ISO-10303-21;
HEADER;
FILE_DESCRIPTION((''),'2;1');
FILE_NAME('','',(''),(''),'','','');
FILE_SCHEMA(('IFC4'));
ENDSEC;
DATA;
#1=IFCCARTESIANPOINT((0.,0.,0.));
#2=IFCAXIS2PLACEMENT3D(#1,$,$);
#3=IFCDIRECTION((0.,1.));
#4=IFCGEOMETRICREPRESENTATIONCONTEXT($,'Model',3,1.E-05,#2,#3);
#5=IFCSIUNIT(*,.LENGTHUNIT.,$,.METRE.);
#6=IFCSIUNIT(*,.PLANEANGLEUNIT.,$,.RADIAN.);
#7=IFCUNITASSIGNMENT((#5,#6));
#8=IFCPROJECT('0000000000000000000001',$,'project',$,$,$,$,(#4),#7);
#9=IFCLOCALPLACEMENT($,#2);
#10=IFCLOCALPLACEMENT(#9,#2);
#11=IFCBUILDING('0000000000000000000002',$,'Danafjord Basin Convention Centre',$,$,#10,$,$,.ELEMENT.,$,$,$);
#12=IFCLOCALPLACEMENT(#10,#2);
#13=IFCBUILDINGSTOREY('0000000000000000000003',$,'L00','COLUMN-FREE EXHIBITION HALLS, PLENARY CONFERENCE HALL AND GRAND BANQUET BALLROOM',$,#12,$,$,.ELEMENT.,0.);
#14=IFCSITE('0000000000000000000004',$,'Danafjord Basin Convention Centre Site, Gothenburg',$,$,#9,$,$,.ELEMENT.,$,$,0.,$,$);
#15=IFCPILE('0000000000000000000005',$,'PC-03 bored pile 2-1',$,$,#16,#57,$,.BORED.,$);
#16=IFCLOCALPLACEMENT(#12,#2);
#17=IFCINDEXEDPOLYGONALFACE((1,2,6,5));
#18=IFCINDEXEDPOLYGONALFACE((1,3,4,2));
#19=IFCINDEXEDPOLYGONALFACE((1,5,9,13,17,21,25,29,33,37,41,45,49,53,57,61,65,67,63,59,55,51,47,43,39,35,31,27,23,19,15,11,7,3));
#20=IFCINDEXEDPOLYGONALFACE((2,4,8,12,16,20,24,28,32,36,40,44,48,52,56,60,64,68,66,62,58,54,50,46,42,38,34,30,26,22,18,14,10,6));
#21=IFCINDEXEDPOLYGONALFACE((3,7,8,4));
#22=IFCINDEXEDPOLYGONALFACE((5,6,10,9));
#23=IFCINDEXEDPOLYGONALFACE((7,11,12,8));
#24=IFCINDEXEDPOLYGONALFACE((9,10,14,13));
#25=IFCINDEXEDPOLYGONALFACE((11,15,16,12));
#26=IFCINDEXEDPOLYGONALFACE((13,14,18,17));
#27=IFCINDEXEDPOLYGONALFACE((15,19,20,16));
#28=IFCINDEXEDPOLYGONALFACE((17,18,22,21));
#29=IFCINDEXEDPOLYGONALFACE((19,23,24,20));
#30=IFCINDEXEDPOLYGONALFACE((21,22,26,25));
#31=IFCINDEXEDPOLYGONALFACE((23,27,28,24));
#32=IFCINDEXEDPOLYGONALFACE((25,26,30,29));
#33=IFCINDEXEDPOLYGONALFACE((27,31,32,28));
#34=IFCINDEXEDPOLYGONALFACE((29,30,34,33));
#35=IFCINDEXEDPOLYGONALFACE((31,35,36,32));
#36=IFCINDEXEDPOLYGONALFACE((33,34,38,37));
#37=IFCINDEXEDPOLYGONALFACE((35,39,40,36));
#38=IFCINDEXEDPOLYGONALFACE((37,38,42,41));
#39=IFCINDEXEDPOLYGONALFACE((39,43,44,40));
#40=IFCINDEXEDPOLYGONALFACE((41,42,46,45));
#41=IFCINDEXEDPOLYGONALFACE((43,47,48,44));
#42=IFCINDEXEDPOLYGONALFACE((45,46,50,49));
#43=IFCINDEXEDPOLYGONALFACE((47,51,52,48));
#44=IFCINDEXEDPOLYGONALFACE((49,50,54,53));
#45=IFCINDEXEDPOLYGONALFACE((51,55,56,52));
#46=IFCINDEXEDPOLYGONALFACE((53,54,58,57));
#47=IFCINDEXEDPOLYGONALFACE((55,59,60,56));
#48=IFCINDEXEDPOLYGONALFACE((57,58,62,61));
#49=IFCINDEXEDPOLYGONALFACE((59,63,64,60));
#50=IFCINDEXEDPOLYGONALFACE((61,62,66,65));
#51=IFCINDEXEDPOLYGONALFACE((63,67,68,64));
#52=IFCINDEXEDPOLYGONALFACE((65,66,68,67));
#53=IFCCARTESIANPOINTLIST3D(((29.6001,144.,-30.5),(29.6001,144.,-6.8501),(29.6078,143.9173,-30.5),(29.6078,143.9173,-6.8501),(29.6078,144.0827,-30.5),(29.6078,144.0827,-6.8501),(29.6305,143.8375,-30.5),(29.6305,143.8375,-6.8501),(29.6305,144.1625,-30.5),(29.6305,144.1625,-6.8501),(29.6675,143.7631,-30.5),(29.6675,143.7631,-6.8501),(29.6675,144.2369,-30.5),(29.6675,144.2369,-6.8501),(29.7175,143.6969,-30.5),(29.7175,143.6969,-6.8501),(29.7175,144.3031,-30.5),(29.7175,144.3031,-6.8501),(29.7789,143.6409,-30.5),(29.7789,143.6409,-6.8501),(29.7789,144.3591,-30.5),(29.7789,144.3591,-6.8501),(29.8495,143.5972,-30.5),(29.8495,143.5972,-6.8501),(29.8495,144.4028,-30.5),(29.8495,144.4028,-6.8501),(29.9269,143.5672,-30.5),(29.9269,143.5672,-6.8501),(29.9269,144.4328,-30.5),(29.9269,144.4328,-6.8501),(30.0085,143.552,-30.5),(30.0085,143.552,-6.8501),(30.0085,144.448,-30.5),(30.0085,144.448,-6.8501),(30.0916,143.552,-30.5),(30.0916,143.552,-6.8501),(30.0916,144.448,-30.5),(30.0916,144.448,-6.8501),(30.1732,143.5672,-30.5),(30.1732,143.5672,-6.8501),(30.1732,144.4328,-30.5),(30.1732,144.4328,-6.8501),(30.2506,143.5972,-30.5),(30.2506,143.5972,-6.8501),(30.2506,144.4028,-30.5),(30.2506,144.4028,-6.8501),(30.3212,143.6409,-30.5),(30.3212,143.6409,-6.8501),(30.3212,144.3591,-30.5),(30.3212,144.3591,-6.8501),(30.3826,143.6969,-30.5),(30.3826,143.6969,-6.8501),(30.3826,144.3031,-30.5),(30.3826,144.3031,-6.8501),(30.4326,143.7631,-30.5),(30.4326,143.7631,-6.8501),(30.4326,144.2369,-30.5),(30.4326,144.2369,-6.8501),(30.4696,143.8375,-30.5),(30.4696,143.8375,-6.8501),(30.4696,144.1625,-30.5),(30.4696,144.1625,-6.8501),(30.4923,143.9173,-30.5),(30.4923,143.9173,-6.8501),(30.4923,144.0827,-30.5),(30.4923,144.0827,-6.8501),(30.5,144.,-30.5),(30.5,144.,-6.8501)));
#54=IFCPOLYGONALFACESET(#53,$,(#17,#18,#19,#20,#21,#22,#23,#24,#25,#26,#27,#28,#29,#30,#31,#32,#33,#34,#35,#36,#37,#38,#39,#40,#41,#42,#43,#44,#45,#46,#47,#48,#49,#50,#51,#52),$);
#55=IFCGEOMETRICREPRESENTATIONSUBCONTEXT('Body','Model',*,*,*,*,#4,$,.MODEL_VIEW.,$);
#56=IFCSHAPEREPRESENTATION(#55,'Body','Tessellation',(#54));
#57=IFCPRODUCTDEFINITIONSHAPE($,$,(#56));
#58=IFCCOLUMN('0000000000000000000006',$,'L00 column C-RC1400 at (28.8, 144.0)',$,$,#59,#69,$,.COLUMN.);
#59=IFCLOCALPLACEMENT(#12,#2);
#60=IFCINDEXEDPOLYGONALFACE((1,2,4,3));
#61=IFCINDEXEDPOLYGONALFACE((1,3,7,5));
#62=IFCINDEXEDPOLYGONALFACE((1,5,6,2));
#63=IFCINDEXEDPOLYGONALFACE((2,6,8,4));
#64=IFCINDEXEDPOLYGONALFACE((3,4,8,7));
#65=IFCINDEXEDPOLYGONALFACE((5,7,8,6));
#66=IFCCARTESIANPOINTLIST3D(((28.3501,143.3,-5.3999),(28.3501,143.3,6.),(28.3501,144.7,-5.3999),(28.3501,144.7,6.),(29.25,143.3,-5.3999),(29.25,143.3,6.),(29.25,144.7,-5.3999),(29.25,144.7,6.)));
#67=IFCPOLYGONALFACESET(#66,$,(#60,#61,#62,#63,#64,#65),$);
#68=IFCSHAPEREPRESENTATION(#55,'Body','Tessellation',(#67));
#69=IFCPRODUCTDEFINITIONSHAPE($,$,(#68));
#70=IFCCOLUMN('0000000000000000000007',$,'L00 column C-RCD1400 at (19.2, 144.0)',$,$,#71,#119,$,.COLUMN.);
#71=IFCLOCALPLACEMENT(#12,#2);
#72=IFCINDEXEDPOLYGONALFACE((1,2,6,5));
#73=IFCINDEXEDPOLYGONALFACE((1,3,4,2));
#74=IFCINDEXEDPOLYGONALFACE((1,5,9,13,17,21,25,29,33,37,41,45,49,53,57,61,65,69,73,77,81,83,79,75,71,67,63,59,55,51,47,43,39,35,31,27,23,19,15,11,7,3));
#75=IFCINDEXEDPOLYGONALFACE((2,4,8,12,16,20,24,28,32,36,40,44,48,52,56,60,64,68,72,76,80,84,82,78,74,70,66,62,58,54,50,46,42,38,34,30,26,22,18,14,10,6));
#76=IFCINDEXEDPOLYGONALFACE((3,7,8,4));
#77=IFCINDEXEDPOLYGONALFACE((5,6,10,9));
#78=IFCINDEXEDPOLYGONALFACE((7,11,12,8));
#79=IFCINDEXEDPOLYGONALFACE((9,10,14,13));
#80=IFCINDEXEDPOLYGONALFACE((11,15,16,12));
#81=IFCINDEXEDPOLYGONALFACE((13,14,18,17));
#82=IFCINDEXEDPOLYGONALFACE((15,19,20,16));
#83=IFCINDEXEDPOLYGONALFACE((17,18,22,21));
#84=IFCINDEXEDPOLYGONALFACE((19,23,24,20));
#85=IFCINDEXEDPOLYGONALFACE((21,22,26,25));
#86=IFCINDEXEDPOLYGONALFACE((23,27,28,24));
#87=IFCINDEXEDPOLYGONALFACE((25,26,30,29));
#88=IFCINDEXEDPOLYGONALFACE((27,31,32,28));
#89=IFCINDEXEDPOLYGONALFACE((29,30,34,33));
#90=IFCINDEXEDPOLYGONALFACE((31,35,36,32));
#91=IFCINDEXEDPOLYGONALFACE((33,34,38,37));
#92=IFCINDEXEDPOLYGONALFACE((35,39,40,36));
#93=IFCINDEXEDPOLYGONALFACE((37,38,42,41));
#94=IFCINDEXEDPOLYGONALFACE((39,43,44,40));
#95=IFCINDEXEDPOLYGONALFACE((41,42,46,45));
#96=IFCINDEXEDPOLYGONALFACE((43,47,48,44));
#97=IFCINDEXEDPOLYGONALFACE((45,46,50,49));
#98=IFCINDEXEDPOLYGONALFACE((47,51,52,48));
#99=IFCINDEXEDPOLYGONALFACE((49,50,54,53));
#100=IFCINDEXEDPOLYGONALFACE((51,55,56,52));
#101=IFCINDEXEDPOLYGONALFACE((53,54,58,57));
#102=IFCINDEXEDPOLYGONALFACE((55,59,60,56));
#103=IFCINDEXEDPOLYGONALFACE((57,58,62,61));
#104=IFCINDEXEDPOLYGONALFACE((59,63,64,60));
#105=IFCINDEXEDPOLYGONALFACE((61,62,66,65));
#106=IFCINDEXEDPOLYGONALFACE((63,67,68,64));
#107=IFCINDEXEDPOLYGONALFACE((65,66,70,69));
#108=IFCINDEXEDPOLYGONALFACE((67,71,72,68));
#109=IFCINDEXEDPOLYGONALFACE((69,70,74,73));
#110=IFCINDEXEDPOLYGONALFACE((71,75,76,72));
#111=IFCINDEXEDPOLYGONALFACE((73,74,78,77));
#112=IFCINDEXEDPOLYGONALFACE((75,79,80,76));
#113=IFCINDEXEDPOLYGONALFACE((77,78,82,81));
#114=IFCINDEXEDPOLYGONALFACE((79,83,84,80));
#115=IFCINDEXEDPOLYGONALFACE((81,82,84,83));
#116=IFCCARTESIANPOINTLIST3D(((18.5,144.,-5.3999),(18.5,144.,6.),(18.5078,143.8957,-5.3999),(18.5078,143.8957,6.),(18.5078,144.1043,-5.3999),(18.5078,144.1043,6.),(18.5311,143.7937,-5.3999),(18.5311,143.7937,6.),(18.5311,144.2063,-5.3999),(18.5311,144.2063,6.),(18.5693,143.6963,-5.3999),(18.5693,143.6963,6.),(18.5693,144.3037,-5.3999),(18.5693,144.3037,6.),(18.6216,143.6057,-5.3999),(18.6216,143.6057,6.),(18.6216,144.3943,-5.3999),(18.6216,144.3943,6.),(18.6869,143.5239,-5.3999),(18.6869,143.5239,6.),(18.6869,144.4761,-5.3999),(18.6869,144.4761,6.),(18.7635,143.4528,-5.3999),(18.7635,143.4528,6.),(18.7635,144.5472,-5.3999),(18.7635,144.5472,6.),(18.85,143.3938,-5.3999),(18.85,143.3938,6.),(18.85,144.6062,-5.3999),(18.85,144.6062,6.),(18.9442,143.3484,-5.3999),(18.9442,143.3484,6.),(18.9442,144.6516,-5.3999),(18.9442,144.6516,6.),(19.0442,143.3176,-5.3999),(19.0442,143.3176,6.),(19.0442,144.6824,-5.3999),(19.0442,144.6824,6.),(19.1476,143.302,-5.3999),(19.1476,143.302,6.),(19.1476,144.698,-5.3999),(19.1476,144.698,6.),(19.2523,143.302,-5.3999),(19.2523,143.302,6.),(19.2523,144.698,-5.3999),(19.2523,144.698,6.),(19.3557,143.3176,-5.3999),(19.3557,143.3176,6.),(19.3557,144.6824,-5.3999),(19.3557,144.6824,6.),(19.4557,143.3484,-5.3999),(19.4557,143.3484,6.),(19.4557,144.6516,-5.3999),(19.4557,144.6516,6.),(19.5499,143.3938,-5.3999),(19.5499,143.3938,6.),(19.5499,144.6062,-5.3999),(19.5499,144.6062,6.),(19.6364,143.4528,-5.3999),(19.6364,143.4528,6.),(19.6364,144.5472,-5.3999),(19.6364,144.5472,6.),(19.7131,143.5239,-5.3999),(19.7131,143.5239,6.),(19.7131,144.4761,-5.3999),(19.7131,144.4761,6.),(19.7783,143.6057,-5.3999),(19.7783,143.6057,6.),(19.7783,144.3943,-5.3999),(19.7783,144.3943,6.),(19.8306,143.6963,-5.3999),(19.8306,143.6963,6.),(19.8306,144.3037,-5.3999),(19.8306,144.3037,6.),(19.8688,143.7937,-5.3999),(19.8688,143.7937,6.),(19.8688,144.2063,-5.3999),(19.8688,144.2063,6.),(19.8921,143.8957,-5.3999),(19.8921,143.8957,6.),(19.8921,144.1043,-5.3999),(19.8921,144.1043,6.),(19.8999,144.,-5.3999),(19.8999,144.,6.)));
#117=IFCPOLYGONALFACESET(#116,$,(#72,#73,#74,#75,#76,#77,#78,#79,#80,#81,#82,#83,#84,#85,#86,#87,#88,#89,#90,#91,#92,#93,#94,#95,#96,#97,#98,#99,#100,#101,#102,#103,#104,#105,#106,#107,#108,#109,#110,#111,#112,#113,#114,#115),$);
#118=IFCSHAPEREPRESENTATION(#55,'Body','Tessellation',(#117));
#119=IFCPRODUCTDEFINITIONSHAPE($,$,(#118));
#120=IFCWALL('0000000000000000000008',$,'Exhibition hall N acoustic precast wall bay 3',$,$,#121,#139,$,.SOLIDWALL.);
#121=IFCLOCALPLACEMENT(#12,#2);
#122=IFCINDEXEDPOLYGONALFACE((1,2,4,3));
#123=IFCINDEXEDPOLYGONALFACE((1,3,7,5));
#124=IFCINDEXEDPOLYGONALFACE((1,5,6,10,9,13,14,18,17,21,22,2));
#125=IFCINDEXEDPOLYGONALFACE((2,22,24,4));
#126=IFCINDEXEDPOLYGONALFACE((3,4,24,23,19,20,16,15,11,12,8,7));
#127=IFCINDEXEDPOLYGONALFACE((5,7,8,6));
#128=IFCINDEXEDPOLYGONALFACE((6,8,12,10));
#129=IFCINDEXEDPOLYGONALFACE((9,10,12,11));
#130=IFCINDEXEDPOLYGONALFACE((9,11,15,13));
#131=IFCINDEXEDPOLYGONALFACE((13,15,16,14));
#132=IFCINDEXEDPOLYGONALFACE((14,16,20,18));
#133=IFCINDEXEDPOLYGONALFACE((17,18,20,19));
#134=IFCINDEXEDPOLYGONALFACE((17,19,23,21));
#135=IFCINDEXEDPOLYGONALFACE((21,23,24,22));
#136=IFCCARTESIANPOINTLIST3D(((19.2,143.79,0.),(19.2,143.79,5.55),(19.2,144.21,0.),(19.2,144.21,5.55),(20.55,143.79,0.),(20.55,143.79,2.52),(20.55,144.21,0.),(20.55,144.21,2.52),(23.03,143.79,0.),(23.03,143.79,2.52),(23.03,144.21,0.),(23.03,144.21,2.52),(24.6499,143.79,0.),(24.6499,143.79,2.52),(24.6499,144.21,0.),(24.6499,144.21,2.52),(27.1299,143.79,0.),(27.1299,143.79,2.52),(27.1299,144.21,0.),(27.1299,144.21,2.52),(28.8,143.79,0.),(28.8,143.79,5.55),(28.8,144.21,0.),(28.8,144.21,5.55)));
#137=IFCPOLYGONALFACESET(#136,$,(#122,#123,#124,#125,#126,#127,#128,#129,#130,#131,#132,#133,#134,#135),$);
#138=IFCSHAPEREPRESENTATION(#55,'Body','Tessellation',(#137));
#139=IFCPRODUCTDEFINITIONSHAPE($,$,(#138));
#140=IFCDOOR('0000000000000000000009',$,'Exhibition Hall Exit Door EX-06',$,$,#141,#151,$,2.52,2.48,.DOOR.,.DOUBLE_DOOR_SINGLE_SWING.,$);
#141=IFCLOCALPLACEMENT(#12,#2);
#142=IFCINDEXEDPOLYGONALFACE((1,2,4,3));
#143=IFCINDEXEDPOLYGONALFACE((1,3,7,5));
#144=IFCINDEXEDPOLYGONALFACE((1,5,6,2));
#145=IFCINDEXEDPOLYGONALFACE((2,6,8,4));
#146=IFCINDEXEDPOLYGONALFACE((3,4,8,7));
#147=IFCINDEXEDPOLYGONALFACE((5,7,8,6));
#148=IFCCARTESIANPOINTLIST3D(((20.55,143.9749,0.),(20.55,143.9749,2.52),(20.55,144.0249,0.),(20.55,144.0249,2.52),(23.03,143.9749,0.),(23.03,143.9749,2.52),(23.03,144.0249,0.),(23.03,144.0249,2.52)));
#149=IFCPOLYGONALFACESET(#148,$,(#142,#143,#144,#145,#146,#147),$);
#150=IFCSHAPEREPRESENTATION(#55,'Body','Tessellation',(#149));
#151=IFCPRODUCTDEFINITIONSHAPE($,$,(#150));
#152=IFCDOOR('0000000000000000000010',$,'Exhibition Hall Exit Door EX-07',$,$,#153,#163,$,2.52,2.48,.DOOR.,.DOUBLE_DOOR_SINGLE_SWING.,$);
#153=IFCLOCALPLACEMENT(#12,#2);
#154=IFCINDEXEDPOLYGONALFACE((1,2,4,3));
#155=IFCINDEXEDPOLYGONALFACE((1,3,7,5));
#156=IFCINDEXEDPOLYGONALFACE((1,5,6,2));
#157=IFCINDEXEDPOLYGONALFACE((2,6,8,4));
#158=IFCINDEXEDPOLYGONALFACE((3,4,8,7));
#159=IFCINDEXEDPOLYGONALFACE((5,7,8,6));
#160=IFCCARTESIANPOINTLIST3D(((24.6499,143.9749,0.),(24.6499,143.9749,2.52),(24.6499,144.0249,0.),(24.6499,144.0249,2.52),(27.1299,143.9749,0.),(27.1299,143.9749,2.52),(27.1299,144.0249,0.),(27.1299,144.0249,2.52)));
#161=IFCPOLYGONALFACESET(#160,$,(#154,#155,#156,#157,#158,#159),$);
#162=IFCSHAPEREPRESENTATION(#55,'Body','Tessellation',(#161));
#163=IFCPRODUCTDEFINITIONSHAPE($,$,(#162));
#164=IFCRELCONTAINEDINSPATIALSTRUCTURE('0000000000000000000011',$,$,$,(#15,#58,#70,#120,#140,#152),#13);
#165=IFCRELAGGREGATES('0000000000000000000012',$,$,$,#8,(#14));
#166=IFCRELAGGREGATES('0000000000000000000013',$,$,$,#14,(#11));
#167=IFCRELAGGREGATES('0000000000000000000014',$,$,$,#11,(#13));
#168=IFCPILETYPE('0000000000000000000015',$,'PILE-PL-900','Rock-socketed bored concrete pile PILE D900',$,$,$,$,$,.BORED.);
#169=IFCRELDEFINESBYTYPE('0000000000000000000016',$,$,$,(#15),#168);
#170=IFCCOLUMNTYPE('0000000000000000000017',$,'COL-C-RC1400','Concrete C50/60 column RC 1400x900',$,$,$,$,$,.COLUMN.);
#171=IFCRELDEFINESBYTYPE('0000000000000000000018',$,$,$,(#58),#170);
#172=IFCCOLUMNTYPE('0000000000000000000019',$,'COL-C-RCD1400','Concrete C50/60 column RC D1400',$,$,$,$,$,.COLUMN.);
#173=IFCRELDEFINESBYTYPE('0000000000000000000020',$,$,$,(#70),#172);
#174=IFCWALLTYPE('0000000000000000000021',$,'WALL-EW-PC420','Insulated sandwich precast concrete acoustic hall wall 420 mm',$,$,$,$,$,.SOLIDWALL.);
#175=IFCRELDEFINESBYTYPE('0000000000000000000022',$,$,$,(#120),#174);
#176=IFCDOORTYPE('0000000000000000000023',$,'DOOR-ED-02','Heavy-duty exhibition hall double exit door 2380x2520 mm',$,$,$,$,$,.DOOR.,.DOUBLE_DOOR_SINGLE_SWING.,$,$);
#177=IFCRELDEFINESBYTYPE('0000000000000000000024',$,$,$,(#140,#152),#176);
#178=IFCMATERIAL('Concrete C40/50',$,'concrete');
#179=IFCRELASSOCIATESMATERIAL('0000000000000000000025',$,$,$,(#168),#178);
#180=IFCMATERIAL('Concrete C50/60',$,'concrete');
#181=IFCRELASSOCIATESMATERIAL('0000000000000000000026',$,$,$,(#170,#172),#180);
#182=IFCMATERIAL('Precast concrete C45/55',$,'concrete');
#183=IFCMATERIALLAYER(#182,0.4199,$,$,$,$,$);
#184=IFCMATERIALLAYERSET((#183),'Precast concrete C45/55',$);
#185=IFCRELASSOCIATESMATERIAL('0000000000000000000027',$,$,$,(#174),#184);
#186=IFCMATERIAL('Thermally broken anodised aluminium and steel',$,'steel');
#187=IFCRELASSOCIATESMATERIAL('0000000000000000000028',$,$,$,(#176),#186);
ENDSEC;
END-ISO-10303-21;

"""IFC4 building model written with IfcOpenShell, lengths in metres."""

from ifc_helpers import new_model, si_unit, direction, frame, frame_2d, origin, origin_2d, place, context, subcontext, project, spatial, rectangle, circle, extrude, material, layer, layer_set, material_profile, profile_set, type_object, element, fill, save


model = new_model("IFC4")

# Units and contexts
model_context = context("Model", 3, precision=1e-05, world=origin(), true_north=direction((0.0, 1.0)))
body_context = subcontext(model_context, "Body", "Model", "MODEL_VIEW")
ifc_project = project(units=[si_unit("LENGTHUNIT", "METRE"), si_unit("PLANEANGLEUNIT", "RADIAN")], contexts=[model_context])

# Site, building, storey
site_placement = place(None, origin())
site = spatial("IfcSite", under=ifc_project, at=site_placement, Name="Danafjord Basin Convention Centre Site, Gothenburg", CompositionType="ELEMENT", RefElevation=0.0)
building_placement = place(site_placement, origin())
building = spatial("IfcBuilding", under=site, at=building_placement, Name="Danafjord Basin Convention Centre", CompositionType="ELEMENT")
storey_placement = place(building_placement, origin())
storey = spatial("IfcBuildingStorey", under=building, at=storey_placement, Name="L00", Description="COLUMN-FREE EXHIBITION HALLS, PLENARY CONFERENCE HALL AND GRAND BANQUET BALLROOM", CompositionType="ELEMENT", Elevation=0.0)

# Shared definitions
ifc_material_1 = material(Name="Concrete C40/50", Category="concrete")

# Pile
ifc_material_profile_1 = material_profile(ifc_material_1, circle(Radius=0.45, at=origin_2d()), Name="PILE D900")
ifc_profile_set_1 = profile_set([ifc_material_profile_1], Name="Concrete C40/50")
pile_type_1 = type_object("IfcPileType", Name="PILE-PL-900", Description="Rock-socketed bored concrete pile PILE D900", PredefinedType="BORED", material=ifc_profile_set_1)
for number, where, z_axis, x_axis, name in (
    (1, (30.05, 144.0, -6.8501), (0.0, 0.0, -1.0), (1.0, 0.0, 0.0), "PC-03 bored pile 2-1"),
):
    element("IfcPile", number, at=place(storey_placement, frame(where, z_axis=z_axis, x_axis=x_axis)), inside=storey, type_object=pile_type_1, Name=name, PredefinedType="BORED", context=body_context, shape_type="SweptSolid", body=[
        extrude(circle(Radius=0.45, at=origin_2d()), origin(), (0.0, 0.0, 1.0), 23.6499),
    ])

# Columns
ifc_material_2 = material(Name="Concrete C50/60", Category="concrete")
ifc_material_profile_2 = material_profile(ifc_material_2, rectangle(XDim=0.8999, YDim=1.3999, at=origin_2d()), Name="RC 1400x900")
ifc_profile_set_2 = profile_set([ifc_material_profile_2], Name="Concrete C50/60")
column_type_1 = type_object("IfcColumnType", Name="COL-C-RC1400", Description="Concrete C50/60 column RC 1400x900", PredefinedType="COLUMN", material=ifc_profile_set_2)
column_1_placement = place(storey_placement, frame((28.8, 144.0, -5.3999), z_axis=(0.0, 0.0, 1.0), x_axis=(1.0, 0.0, 0.0)))
element("IfcColumn", 2, at=column_1_placement, inside=storey, type_object=column_type_1, Name="L00 column C-RC1400 at (28.8, 144.0)", PredefinedType="COLUMN", context=body_context, shape_type="SweptSolid", body=[
    extrude(rectangle(XDim=0.8999, YDim=1.3999, at=origin_2d()), origin(), (0.0, 0.0, 1.0), 11.3999),
])
ifc_material_profile_3 = material_profile(ifc_material_2, circle(Radius=0.7, at=origin_2d()), Name="RC D1400")
ifc_profile_set_3 = profile_set([ifc_material_profile_3], Name="Concrete C50/60")
column_type_2 = type_object("IfcColumnType", Name="COL-C-RCD1400", Description="Concrete C50/60 column RC D1400", PredefinedType="COLUMN", material=ifc_profile_set_3)
column_2_placement = place(storey_placement, frame((19.2, 144.0, -5.3999), z_axis=(0.0, 0.0, 1.0), x_axis=(1.0, 0.0, 0.0)))
element("IfcColumn", 3, at=column_2_placement, inside=storey, type_object=column_type_2, Name="L00 column C-RCD1400 at (19.2, 144.0)", PredefinedType="COLUMN", context=body_context, shape_type="SweptSolid", body=[
    extrude(circle(Radius=0.7, at=origin_2d()), origin(), (0.0, 0.0, 1.0), 11.3999),
])

# Wall, openings, doors
ifc_material_3 = material(Name="Precast concrete C45/55", Category="concrete")
ifc_layer = layer(ifc_material_3, 0.4199)
ifc_layer_set = layer_set([ifc_layer], Name="Precast concrete C45/55")
wall_type = type_object("IfcWallType", Name="WALL-EW-PC420", Description="Insulated sandwich precast concrete acoustic hall wall 420 mm", PredefinedType="SOLIDWALL", material=ifc_layer_set)
wall_1_placement = place(storey_placement, frame((19.2, 144.0, 0.0), z_axis=(0.0, 0.0, 1.0), x_axis=(1.0, 0.0, 0.0)))
wall_1 = element("IfcWall", 4, at=wall_1_placement, inside=storey, type_object=wall_type, Name="Exhibition hall N acoustic precast wall bay 3", PredefinedType="SOLIDWALL", context=body_context, shape_type="SweptSolid", body=[
    extrude(rectangle(XDim=9.6001, YDim=0.4199, at=frame_2d((4.8, 0.0))), origin(), (0.0, 0.0, 1.0), 5.55),
])
opening_1_placement = place(wall_1_placement, frame((1.3501, 0.0, 0.0)))
opening_1 = element("IfcOpeningElement", 5, at=opening_1_placement, cuts=wall_1, PredefinedType="OPENING", context=body_context, shape_type="SweptSolid", body=[
    extrude(rectangle(XDim=2.48, YDim=2.52, at=frame_2d((1.24, 1.26))), frame((0.0, 0.22, 0.0), z_axis=(0.0, -1.0, 0.0), x_axis=(1.0, 0.0, 0.0)), (0.0, 0.0, 1.0), 0.4399),
])
opening_2_placement = place(wall_1_placement, frame((5.45, 0.0, 0.0)))
opening_2 = element("IfcOpeningElement", 6, at=opening_2_placement, cuts=wall_1, PredefinedType="OPENING", context=body_context, shape_type="SweptSolid", body=[
    extrude(rectangle(XDim=2.48, YDim=2.52, at=frame_2d((1.24, 1.26))), frame((0.0, 0.22, 0.0), z_axis=(0.0, -1.0, 0.0), x_axis=(1.0, 0.0, 0.0)), (0.0, 0.0, 1.0), 0.4399),
])
ifc_material_4 = material(Name="Thermally broken anodised aluminium and steel", Category="steel")
door_type_1 = type_object("IfcDoorType", Name="DOOR-ED-02", Description="Heavy-duty exhibition hall double exit door 2380x2520 mm", OperationType="DOUBLE_DOOR_SINGLE_SWING", PredefinedType="DOOR", material=ifc_material_4)
door_1_placement = place(opening_1_placement, origin())
door_1 = element("IfcDoor", 7, at=door_1_placement, inside=storey, type_object=door_type_1, Name="Exhibition Hall Exit Door EX-06", OperationType="DOUBLE_DOOR_SINGLE_SWING", OverallHeight=2.52, OverallWidth=2.48, PredefinedType="DOOR", context=body_context, shape_type="SweptSolid", body=[
    extrude(rectangle(XDim=2.48, YDim=2.52, at=frame_2d((1.24, 1.26))), frame((0.0, 0.0249, 0.0), z_axis=(0.0, -1.0, 0.0), x_axis=(1.0, 0.0, 0.0)), (0.0, 0.0, 1.0), 0.05),
])
fill(opening_1, door_1)
door_2_placement = place(opening_2_placement, origin())
door_2 = element("IfcDoor", 8, at=door_2_placement, inside=storey, type_object=door_type_1, Name="Exhibition Hall Exit Door EX-07", OperationType="DOUBLE_DOOR_SINGLE_SWING", OverallHeight=2.52, OverallWidth=2.48, PredefinedType="DOOR", context=body_context, shape_type="SweptSolid", body=[
    extrude(rectangle(XDim=2.48, YDim=2.52, at=frame_2d((1.24, 1.26))), frame((0.0, 0.0249, 0.0), z_axis=(0.0, -1.0, 0.0), x_axis=(1.0, 0.0, 0.0)), (0.0, 0.0, 1.0), 0.05),
])
fill(opening_2, door_2)

save(model, "model.ifc")
